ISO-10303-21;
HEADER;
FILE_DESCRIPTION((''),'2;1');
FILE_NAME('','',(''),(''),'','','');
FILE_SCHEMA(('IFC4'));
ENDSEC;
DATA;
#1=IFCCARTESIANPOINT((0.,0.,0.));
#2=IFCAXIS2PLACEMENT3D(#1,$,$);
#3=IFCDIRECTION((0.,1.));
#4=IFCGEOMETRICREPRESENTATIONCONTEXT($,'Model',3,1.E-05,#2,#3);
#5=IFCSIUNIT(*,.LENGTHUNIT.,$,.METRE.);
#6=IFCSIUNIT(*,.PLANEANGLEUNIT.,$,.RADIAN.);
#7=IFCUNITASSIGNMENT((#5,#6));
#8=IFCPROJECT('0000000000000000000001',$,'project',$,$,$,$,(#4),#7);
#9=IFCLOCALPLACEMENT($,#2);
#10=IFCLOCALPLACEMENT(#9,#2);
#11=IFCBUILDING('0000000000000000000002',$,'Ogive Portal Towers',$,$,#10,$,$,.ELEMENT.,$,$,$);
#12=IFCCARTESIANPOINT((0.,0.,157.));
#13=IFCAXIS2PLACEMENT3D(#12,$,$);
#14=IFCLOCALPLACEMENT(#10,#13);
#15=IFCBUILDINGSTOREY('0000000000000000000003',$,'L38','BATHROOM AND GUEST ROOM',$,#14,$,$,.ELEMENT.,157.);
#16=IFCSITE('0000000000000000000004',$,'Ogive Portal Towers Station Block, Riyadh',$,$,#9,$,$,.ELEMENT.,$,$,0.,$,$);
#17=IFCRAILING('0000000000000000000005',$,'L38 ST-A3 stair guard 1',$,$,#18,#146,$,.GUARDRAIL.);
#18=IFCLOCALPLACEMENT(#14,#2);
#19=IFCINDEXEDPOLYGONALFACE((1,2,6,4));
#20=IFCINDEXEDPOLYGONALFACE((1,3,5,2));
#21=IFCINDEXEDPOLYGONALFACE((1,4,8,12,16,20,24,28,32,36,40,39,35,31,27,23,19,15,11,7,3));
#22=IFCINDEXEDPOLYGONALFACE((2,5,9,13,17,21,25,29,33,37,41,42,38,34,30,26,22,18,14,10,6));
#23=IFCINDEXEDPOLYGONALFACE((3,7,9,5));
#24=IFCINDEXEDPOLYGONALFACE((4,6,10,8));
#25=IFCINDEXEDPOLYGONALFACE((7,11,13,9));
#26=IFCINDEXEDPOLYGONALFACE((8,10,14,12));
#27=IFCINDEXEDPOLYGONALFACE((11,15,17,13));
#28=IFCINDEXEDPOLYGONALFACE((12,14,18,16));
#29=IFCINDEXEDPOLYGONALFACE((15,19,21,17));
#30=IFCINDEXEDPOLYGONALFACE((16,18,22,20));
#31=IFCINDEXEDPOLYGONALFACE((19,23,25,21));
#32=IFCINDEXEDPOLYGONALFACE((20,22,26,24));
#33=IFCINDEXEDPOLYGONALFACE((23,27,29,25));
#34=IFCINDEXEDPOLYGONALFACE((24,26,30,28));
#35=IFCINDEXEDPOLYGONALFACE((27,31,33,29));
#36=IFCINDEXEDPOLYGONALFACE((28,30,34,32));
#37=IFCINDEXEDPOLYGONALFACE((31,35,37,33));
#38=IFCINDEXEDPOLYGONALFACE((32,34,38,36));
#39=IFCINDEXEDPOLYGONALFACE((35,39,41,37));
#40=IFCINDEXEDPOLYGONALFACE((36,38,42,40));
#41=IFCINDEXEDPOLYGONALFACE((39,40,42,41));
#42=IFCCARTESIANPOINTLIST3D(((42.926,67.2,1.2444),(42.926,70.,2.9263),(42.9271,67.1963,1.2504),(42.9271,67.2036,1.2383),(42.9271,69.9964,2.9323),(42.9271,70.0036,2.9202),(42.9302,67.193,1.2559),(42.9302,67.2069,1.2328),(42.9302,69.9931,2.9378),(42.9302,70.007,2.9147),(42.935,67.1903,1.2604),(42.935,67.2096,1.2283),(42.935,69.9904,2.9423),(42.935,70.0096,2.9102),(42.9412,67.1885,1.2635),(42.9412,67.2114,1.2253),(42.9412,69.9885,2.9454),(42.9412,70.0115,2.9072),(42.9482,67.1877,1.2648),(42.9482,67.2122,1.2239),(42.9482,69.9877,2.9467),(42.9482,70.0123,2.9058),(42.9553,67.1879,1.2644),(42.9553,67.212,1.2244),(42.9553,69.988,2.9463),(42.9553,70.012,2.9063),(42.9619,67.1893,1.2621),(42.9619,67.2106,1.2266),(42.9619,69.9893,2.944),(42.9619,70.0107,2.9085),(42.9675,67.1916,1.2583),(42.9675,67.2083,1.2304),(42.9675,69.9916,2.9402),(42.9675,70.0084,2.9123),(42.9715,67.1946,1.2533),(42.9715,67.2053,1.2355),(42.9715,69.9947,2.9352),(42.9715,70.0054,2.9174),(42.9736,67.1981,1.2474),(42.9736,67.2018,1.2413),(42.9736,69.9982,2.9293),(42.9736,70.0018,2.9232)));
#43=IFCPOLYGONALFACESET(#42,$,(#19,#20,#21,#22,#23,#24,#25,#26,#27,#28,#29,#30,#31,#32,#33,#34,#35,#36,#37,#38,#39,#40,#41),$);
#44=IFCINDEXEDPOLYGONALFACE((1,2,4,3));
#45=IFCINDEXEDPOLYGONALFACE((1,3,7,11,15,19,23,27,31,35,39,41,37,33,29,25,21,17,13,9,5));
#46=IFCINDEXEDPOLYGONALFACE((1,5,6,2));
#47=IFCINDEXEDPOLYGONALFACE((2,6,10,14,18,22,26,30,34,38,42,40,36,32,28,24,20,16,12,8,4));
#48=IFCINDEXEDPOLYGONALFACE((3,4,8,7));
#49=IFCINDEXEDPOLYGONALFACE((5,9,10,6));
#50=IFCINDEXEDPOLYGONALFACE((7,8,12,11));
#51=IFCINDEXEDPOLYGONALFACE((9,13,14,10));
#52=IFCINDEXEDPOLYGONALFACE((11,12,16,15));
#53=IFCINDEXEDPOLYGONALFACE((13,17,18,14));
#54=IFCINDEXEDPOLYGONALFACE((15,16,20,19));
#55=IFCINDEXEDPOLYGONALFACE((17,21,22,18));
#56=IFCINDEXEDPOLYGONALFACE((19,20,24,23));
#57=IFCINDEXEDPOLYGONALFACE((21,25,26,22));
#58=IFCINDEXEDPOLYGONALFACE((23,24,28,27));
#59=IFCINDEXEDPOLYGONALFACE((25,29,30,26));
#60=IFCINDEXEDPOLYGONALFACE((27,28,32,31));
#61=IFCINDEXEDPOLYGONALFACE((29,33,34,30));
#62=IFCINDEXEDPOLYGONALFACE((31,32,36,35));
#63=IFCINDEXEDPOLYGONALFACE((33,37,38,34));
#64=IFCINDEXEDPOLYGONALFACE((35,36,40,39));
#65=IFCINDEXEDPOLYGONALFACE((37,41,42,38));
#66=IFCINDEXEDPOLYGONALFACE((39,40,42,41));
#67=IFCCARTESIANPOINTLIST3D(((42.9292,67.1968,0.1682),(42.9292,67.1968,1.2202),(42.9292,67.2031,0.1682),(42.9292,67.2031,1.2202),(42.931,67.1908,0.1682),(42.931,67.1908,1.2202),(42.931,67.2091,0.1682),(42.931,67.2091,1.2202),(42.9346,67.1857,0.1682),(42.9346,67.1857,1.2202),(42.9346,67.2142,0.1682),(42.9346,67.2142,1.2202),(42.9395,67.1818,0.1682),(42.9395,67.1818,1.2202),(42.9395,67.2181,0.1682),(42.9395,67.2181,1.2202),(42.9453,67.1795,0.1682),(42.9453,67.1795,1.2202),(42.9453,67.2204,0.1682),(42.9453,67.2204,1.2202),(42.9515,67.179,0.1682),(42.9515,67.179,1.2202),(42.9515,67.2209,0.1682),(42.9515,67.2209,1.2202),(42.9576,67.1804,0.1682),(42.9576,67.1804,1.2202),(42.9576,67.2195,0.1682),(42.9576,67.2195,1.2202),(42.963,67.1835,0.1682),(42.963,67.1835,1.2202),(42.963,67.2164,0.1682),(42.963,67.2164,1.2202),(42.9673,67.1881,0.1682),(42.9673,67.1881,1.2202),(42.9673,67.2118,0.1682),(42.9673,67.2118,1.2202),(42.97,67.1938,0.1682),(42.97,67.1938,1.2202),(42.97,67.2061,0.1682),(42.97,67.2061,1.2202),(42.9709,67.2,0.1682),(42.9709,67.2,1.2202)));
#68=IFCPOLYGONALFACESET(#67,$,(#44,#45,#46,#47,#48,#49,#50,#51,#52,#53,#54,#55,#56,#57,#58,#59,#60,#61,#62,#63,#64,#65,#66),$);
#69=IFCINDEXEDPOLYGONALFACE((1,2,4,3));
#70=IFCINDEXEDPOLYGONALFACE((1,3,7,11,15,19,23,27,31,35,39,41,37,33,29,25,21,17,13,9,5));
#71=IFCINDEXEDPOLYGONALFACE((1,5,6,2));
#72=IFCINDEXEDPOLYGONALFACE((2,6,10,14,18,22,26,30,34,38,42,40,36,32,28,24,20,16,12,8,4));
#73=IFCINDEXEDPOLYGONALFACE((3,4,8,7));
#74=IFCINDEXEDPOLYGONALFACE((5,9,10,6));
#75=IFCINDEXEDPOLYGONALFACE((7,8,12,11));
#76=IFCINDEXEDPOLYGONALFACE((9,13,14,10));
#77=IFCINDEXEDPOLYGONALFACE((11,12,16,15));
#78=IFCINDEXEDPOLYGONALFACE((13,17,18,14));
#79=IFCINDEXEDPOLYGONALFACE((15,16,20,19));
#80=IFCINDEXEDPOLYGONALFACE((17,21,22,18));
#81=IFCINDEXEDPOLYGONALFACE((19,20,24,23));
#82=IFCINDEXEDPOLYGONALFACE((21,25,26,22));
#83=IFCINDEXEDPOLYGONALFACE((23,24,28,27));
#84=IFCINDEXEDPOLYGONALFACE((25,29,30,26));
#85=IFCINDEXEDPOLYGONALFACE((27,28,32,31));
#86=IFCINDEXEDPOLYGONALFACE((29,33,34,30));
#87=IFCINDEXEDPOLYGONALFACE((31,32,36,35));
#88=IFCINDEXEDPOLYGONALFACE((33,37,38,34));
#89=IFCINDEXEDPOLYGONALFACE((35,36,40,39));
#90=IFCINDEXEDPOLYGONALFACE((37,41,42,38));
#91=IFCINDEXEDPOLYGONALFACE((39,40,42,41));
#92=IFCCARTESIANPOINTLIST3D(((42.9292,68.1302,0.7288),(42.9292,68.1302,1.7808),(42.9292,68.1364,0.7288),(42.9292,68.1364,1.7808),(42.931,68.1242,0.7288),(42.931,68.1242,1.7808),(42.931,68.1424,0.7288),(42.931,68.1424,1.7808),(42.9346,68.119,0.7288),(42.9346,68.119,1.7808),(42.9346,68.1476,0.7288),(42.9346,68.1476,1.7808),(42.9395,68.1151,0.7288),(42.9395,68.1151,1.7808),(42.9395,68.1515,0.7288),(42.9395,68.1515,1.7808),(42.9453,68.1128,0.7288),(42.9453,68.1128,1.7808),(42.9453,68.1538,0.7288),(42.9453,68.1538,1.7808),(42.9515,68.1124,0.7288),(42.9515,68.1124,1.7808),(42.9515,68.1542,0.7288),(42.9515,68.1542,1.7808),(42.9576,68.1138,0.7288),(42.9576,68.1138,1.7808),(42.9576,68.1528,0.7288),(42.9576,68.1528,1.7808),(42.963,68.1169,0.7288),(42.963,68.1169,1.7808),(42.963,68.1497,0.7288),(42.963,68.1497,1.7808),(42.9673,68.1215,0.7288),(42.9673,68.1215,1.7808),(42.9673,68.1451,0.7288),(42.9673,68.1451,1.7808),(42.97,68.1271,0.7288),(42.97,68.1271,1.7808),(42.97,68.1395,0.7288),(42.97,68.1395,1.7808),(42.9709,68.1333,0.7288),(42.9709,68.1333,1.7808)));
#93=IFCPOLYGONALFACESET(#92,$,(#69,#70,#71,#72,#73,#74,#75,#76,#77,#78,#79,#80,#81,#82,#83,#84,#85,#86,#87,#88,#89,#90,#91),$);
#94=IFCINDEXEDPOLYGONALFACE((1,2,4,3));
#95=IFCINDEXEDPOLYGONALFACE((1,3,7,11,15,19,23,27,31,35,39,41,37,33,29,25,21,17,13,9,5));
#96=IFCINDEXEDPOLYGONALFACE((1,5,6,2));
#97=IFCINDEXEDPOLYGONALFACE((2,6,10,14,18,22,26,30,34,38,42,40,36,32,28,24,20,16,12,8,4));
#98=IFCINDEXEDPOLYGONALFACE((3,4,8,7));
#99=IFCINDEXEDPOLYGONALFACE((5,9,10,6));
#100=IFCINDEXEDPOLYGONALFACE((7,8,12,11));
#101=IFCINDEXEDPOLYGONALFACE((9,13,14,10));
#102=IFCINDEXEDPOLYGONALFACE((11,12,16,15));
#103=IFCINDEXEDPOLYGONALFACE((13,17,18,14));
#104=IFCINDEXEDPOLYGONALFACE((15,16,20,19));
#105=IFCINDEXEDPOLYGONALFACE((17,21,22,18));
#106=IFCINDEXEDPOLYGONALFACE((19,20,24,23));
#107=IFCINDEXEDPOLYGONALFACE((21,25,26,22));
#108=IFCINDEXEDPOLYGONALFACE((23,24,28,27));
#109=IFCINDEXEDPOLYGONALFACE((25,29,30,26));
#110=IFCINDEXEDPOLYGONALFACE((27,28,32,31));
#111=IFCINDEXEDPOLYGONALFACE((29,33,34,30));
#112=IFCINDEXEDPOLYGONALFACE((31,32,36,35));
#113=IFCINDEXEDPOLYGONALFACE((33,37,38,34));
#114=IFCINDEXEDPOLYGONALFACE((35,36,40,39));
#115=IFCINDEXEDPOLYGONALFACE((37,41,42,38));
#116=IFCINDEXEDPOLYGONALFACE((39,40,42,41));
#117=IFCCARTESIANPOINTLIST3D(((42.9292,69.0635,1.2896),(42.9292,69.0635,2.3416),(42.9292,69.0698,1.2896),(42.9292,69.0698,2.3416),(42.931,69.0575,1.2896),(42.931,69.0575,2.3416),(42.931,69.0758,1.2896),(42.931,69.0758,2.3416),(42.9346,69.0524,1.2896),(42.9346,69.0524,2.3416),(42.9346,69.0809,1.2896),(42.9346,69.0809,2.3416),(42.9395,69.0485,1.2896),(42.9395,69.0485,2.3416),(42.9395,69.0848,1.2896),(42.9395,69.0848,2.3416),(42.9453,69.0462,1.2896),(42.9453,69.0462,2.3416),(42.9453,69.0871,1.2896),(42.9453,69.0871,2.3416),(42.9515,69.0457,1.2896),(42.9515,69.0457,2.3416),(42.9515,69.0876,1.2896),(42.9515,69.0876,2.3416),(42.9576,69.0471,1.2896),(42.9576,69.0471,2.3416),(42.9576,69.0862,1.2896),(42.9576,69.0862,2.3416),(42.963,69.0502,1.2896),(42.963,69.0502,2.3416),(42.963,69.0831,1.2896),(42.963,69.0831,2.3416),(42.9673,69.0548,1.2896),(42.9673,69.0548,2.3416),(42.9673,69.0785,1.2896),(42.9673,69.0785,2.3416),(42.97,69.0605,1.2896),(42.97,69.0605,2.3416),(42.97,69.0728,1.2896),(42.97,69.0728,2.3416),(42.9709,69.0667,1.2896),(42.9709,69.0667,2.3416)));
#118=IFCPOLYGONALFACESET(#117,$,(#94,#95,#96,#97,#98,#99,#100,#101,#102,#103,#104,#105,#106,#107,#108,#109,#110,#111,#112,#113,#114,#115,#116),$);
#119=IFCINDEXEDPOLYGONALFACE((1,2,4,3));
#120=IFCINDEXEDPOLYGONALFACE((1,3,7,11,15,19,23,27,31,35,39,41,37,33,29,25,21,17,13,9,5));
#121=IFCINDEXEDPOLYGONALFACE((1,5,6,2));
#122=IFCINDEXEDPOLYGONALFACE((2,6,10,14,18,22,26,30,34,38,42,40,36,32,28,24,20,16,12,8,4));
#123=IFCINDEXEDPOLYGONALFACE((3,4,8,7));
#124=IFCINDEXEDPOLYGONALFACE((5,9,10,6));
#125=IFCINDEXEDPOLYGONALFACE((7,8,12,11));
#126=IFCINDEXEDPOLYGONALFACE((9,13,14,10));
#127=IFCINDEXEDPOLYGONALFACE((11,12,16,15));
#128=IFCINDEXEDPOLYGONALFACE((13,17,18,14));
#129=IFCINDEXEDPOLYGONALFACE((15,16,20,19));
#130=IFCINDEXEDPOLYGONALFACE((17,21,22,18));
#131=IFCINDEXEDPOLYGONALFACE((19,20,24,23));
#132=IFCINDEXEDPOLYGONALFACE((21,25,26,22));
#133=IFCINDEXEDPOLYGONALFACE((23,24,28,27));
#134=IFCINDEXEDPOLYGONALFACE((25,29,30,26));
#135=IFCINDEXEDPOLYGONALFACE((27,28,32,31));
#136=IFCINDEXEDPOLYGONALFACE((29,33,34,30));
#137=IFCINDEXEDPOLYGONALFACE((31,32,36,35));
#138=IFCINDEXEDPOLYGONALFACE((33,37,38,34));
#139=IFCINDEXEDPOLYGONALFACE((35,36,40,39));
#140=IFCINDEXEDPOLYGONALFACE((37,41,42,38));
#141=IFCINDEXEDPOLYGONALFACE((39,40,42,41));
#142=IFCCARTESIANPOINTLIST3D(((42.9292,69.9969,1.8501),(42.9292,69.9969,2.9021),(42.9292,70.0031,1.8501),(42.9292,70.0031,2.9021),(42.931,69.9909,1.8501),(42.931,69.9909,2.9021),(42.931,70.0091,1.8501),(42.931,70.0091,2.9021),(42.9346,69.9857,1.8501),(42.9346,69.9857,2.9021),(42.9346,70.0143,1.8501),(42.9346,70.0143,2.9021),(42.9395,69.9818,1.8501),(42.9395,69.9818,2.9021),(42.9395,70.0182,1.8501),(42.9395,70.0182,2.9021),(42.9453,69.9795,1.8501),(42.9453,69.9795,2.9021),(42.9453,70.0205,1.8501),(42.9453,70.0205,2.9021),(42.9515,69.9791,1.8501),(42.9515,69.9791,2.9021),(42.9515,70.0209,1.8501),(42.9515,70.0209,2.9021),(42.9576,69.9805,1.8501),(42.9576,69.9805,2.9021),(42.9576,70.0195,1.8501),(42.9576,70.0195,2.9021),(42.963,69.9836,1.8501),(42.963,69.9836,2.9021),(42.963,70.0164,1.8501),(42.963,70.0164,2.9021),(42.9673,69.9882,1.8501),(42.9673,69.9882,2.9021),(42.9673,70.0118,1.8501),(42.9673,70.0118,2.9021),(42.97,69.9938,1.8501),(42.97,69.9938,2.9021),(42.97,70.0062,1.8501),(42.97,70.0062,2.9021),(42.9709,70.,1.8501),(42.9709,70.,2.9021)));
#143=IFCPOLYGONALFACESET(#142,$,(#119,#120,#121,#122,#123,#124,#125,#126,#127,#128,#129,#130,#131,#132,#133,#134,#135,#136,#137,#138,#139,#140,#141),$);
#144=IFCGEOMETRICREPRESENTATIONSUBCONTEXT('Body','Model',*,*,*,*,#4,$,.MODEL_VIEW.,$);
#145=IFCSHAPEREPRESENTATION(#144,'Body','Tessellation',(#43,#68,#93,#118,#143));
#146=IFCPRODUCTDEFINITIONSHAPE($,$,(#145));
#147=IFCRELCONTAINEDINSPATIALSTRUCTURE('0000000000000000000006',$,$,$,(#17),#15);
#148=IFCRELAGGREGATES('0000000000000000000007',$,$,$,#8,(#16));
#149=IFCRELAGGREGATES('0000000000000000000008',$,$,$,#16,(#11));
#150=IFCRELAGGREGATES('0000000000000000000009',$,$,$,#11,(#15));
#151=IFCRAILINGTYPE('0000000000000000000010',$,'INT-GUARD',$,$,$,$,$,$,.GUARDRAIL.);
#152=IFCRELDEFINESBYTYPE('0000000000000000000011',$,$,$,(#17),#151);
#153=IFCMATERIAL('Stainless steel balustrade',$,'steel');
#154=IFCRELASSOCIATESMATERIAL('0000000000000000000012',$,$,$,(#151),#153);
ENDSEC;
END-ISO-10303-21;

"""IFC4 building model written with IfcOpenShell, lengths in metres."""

from ifc_helpers import new_model, si_unit, direction, frame, origin, origin_2d, place, context, subcontext, project, spatial, circle, extrude, material, type_object, element, save


model = new_model("IFC4")

# Units and contexts
model_context = context("Model", 3, precision=1e-05, world=origin(), true_north=direction((0.0, 1.0)))
body_context = subcontext(model_context, "Body", "Model", "MODEL_VIEW")
ifc_project = project(units=[si_unit("LENGTHUNIT", "METRE"), si_unit("PLANEANGLEUNIT", "RADIAN")], contexts=[model_context])

# Site, building, storey
site_placement = place(None, origin())
site = spatial("IfcSite", under=ifc_project, at=site_placement, Name="Ogive Portal Towers Station Block, Riyadh", CompositionType="ELEMENT", RefElevation=0.0)
building_placement = place(site_placement, origin())
building = spatial("IfcBuilding", under=site, at=building_placement, Name="Ogive Portal Towers", CompositionType="ELEMENT")
storey_placement = place(building_placement, frame((0.0, 0.0, 157.0)))
storey = spatial("IfcBuildingStorey", under=building, at=storey_placement, Name="L38", Description="BATHROOM AND GUEST ROOM", CompositionType="ELEMENT", Elevation=157.0)

# Railing
ifc_material_1 = material(Name="Stainless steel balustrade", Category="steel")
railing_type_1 = type_object("IfcRailingType", Name="INT-GUARD", PredefinedType="GUARDRAIL", material=ifc_material_1)
railing_1_placement = place(storey_placement, frame((42.95, 67.2, 0.1682)))
element("IfcRailing", 1, at=railing_1_placement, inside=storey, type_object=railing_type_1, Name="L38 ST-A3 stair guard 1", PredefinedType="GUARDRAIL", context=body_context, shape_type="SweptSolid", body=[
    extrude(circle(Radius=0.0239, at=origin_2d()), frame((0.0, 0.0, 1.0762), z_axis=(0.0, 0.857242, 0.514913), x_axis=(-1.0, 0.0, 0.0)), (0.0, 0.0, 1.0), 3.2664),
    extrude(circle(Radius=0.021, at=origin_2d()), origin(), (0.0, 0.0, 1.0), 1.052),
    extrude(circle(Radius=0.021, at=origin_2d()), frame((0.0, 0.9333, 0.5605)), (0.0, 0.0, 1.0), 1.052),
    extrude(circle(Radius=0.021, at=origin_2d()), frame((0.0, 1.8667, 1.1213)), (0.0, 0.0, 1.0), 1.052),
    extrude(circle(Radius=0.021, at=origin_2d()), frame((0.0, 2.8, 1.6819)), (0.0, 0.0, 1.0), 1.052),
])

save(model, "model.ifc")
